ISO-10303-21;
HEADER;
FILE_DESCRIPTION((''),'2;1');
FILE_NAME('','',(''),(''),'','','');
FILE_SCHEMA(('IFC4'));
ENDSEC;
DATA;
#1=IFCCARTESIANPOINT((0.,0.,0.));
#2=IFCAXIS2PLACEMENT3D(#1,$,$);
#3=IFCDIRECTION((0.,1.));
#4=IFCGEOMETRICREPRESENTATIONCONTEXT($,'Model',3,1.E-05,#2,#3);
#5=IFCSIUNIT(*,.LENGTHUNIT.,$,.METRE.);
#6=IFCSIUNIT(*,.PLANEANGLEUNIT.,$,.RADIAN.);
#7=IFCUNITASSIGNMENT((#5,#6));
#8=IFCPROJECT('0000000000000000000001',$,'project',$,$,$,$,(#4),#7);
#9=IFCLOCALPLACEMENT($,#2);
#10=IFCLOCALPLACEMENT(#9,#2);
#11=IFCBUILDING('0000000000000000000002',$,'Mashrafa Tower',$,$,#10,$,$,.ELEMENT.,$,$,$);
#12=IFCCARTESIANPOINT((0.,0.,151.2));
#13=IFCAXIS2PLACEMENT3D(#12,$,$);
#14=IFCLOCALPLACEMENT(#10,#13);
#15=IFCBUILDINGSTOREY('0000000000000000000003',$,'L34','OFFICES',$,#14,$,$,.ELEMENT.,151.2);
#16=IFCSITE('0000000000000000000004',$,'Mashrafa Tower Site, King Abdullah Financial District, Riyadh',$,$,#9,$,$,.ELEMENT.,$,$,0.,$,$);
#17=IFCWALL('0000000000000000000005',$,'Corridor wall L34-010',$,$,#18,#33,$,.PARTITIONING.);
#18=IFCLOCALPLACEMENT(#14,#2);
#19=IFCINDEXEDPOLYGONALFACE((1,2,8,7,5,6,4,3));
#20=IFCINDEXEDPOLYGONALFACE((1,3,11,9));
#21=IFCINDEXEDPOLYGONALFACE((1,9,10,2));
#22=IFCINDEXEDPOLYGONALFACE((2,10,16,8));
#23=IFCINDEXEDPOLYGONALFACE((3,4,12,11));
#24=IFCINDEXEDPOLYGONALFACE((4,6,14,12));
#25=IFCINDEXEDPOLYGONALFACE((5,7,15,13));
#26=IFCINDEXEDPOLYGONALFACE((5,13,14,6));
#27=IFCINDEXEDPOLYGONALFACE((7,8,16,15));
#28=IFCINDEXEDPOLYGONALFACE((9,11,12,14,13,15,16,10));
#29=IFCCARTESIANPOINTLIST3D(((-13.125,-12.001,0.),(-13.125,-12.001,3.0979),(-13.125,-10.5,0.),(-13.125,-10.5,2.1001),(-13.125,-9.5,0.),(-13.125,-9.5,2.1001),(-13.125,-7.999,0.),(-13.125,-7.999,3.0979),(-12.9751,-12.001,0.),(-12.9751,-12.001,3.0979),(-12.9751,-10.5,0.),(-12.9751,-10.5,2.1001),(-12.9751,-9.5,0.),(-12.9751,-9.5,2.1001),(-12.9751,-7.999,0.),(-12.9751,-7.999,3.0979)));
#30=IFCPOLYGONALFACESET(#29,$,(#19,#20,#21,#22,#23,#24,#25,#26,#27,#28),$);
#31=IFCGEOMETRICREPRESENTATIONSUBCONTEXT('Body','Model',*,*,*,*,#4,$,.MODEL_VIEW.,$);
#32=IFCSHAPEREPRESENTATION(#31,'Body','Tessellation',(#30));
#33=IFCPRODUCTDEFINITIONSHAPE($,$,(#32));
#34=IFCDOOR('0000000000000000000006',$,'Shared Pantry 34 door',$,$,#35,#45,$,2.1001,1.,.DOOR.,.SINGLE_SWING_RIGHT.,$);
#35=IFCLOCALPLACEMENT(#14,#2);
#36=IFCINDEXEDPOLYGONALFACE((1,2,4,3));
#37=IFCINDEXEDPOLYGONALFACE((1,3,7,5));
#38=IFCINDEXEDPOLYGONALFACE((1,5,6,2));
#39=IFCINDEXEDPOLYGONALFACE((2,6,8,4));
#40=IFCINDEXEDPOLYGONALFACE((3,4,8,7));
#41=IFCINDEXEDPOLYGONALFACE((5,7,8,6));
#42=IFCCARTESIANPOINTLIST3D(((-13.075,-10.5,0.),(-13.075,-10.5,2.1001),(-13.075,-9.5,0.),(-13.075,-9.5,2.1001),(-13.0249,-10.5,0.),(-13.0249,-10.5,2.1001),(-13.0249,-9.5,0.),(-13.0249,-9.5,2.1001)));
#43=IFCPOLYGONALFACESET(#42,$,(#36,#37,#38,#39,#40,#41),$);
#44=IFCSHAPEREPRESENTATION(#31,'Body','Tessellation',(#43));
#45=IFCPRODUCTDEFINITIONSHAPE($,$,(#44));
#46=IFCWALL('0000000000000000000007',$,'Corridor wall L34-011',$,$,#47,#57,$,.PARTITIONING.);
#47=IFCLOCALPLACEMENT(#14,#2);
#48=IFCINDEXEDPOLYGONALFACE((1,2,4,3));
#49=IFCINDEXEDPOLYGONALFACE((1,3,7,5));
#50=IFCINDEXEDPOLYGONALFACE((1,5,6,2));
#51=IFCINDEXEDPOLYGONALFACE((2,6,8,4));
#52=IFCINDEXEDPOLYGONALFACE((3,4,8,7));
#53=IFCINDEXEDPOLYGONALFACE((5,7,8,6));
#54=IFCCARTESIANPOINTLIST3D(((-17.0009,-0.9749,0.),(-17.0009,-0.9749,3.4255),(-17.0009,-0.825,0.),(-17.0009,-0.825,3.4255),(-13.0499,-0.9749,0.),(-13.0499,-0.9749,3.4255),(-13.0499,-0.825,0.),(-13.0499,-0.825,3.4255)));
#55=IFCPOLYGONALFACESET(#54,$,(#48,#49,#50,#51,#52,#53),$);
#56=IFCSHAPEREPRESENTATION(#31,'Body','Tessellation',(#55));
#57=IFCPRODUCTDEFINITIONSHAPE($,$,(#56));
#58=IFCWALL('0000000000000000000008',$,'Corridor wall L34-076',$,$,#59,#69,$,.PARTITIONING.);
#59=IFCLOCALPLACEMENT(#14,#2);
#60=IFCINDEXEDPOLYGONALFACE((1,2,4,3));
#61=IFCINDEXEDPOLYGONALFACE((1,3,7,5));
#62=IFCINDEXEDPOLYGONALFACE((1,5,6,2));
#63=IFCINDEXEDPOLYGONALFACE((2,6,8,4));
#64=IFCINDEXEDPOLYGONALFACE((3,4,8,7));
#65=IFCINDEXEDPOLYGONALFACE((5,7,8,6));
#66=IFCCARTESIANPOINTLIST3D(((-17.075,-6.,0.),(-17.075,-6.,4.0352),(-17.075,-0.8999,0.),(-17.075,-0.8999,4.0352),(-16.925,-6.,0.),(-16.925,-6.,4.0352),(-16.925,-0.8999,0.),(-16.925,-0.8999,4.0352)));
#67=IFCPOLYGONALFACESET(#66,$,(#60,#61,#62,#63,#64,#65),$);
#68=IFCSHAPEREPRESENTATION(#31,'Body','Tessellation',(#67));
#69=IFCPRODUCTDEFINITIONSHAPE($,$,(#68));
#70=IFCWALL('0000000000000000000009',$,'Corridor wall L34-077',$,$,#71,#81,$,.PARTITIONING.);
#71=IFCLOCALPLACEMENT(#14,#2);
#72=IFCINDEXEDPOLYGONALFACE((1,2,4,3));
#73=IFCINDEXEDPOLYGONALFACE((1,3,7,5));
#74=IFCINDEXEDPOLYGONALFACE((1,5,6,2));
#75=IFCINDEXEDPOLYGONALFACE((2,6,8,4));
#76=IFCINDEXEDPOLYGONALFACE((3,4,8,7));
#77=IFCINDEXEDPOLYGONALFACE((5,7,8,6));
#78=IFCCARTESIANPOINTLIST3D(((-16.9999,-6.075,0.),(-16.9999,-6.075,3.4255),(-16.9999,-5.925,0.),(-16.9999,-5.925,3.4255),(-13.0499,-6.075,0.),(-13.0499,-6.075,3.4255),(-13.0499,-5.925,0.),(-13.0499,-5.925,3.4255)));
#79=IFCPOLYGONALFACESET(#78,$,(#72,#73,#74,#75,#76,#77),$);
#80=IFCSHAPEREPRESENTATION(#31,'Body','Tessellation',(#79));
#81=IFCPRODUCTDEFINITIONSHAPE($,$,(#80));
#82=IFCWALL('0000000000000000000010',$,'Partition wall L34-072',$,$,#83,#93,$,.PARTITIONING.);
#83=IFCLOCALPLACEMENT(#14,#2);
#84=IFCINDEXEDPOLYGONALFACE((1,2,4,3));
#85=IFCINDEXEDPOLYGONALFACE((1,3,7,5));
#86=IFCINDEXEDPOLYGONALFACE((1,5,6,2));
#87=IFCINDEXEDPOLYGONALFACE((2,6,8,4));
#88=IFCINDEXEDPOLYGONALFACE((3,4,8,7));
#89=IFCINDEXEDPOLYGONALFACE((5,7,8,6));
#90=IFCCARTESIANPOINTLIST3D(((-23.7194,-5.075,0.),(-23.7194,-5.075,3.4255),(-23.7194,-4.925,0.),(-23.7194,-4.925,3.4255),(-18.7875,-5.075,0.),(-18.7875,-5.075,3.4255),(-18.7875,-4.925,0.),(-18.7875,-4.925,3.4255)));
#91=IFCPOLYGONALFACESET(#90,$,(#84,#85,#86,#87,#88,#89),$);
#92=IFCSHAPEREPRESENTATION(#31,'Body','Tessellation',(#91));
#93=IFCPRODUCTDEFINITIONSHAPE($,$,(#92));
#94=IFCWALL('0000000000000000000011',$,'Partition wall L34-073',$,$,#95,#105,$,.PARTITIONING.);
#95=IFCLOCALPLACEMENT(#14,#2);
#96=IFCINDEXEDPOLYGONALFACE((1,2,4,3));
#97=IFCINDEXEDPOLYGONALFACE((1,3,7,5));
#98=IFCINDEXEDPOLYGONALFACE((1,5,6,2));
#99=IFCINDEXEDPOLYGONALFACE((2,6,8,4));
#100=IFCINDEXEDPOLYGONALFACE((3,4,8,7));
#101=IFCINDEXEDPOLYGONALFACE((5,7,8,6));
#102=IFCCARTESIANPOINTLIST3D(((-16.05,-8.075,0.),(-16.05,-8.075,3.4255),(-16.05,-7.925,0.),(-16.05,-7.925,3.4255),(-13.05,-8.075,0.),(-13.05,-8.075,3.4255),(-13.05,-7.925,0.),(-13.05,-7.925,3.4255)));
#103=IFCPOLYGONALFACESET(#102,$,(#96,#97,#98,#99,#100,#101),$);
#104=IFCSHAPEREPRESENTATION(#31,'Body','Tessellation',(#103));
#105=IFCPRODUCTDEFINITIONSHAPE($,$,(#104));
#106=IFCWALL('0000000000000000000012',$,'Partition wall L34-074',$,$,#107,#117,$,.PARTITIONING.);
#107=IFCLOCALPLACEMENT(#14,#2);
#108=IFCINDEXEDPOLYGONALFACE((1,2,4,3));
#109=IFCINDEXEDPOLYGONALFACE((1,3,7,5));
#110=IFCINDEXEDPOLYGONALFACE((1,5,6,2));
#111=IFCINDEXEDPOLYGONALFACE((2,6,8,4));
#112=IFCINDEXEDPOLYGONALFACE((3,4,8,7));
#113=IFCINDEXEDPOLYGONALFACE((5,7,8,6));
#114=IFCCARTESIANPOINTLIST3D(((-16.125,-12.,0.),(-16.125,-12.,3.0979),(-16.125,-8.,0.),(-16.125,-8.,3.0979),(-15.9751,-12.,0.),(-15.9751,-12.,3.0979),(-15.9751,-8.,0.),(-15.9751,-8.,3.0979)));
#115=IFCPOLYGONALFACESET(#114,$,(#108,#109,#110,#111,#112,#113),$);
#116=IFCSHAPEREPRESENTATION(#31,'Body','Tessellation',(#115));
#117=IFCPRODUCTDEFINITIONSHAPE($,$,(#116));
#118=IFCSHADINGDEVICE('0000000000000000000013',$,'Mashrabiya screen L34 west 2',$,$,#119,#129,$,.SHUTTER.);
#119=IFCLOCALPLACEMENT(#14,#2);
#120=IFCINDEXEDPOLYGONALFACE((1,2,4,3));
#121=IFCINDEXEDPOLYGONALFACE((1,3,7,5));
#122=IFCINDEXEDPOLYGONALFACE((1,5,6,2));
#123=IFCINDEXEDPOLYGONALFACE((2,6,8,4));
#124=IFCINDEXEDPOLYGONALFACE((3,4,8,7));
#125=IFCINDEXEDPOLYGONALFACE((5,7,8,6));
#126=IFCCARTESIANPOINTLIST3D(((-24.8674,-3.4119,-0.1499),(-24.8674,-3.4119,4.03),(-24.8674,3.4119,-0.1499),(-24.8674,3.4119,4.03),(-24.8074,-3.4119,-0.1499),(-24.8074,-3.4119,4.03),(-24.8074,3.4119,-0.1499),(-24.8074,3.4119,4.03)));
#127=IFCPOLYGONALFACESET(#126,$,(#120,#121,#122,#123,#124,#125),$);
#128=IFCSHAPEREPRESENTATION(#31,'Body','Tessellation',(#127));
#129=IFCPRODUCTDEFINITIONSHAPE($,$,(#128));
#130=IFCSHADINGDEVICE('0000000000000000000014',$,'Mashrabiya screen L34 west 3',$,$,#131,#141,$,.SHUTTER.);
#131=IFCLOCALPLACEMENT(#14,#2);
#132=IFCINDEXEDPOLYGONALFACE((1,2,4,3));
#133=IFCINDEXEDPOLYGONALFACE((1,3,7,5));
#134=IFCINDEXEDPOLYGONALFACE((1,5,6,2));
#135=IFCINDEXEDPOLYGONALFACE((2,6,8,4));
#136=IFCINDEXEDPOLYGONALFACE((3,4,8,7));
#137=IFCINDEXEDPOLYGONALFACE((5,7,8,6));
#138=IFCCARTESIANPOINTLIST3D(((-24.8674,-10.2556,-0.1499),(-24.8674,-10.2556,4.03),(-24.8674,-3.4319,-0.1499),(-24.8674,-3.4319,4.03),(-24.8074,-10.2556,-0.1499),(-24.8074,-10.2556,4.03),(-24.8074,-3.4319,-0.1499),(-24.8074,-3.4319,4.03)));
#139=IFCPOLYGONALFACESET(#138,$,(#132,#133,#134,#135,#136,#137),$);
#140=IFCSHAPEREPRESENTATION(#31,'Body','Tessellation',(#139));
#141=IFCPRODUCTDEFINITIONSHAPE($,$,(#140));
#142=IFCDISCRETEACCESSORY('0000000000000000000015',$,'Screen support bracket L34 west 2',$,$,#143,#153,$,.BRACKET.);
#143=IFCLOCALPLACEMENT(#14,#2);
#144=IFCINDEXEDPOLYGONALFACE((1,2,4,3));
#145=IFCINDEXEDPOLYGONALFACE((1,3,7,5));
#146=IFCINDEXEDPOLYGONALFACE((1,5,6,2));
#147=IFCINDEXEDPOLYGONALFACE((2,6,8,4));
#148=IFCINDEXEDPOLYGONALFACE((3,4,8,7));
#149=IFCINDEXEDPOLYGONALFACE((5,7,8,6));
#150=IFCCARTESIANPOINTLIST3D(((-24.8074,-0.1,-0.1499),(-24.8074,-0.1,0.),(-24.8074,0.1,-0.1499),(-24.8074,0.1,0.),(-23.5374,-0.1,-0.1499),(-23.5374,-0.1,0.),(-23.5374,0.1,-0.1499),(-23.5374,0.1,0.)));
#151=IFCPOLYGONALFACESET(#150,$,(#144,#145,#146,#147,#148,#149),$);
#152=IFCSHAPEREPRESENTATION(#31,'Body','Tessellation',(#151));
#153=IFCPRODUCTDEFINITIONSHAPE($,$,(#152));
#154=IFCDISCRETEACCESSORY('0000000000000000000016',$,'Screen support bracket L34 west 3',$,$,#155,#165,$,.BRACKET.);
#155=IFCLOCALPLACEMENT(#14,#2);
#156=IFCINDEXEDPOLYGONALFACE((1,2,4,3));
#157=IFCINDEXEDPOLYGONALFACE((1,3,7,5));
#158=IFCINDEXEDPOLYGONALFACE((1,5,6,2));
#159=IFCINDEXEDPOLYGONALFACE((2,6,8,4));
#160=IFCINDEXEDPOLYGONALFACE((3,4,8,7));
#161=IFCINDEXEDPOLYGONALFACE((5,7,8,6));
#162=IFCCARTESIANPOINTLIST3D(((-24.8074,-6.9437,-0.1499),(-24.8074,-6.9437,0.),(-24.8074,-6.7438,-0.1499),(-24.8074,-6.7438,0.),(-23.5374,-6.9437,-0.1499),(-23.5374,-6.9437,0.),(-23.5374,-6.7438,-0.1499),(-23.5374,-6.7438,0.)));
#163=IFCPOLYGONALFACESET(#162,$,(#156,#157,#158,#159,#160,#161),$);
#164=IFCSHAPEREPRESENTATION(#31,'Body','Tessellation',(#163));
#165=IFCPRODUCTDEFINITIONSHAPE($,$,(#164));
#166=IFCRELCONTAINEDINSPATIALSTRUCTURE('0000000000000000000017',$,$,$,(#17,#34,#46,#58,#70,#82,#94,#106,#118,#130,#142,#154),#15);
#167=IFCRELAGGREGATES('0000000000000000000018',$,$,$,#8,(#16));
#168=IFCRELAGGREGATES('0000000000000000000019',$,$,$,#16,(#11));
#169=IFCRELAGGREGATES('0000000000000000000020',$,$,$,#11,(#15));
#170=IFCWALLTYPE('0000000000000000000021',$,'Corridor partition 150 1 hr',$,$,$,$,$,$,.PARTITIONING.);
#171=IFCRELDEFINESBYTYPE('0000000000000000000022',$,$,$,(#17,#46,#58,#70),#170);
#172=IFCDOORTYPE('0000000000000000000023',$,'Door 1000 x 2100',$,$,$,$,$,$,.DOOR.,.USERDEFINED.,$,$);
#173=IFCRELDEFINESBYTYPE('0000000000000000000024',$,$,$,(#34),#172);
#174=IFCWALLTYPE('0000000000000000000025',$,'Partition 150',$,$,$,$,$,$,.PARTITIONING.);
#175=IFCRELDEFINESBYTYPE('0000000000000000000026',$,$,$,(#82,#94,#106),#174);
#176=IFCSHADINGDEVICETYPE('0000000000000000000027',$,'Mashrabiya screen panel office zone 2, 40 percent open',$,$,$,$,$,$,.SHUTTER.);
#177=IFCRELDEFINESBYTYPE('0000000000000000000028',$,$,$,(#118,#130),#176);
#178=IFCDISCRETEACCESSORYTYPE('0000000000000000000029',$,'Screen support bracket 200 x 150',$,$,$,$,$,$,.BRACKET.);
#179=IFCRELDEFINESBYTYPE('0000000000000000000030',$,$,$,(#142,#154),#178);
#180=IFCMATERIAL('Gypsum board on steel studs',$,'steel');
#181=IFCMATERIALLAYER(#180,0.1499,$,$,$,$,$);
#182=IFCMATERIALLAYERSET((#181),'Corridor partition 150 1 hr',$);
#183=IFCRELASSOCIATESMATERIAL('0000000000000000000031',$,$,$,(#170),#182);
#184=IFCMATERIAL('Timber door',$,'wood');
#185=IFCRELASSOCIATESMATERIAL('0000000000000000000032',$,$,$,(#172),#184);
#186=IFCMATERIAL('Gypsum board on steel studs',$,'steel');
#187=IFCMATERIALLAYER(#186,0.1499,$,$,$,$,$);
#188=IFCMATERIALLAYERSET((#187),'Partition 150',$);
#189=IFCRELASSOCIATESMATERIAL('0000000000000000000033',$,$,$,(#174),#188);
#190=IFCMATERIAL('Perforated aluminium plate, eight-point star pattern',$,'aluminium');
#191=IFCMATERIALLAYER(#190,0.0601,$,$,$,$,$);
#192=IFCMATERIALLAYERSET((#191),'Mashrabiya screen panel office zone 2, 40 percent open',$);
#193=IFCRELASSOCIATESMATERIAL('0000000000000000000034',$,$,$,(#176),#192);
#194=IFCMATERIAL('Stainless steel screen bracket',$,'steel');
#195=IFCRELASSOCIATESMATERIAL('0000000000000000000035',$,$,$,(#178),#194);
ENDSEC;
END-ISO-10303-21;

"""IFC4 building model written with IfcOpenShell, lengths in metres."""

from ifc_helpers import new_model, si_unit, direction, frame, frame_2d, origin, origin_2d, place, context, subcontext, project, spatial, rectangle, extrude, source, transform, mapped, material, layer, layer_set, type_object, type_shapes, element, fill, save


model = new_model("IFC4")

# Units and contexts
model_context = context("Model", 3, precision=1e-05, world=origin(), true_north=direction((0.0, 1.0)))
body_context = subcontext(model_context, "Body", "Model", "MODEL_VIEW")
ifc_project = project(units=[si_unit("LENGTHUNIT", "METRE"), si_unit("PLANEANGLEUNIT", "RADIAN")], contexts=[model_context])

# Site, building, storey
site_placement = place(None, origin())
site = spatial("IfcSite", under=ifc_project, at=site_placement, Name="Mashrafa Tower Site, King Abdullah Financial District, Riyadh", CompositionType="ELEMENT", RefElevation=0.0)
building_placement = place(site_placement, origin())
building = spatial("IfcBuilding", under=site, at=building_placement, Name="Mashrafa Tower", CompositionType="ELEMENT")
storey_placement = place(building_placement, frame((0.0, 0.0, 151.2)))
storey = spatial("IfcBuildingStorey", under=building, at=storey_placement, Name="L34", Description="OFFICES", CompositionType="ELEMENT", Elevation=151.2)

# Wall, opening, door
ifc_material_1 = material(Name="Gypsum board on steel studs", Category="steel")
ifc_layer_1 = layer(ifc_material_1, 0.1499)
ifc_layer_set_1 = layer_set([ifc_layer_1], Name="Corridor partition 150 1 hr")
wall_type_1 = type_object("IfcWallType", Name="Corridor partition 150 1 hr", PredefinedType="PARTITIONING", material=ifc_layer_set_1)
wall_1_placement = place(storey_placement, frame((-13.05, -7.999, 0.0), z_axis=(0.0, 0.0, 1.0), x_axis=(0.0, -1.0, 0.0)))
wall_1 = element("IfcWall", 1, at=wall_1_placement, inside=storey, type_object=wall_type_1, Name="Corridor wall L34-010", PredefinedType="PARTITIONING", context=body_context, shape_type="SweptSolid", body=[
    extrude(rectangle(XDim=4.002, YDim=0.1499, at=frame_2d((2.001, 0.0))), origin(), (0.0, 0.0, 1.0), 3.0979),
])
opening_1_placement = place(wall_1_placement, frame((1.501, 0.0, 0.0)))
opening_1 = element("IfcOpeningElement", 2, at=opening_1_placement, cuts=wall_1, PredefinedType="OPENING", context=body_context, shape_type="SweptSolid", body=[
    extrude(rectangle(XDim=1.0, YDim=2.1001, at=frame_2d((0.5, 1.05))), frame((0.0, 0.085, 0.0), z_axis=(0.0, -1.0, 0.0), x_axis=(1.0, 0.0, 0.0)), (0.0, 0.0, 1.0), 0.1699),
])
ifc_material_2 = material(Name="Timber door", Category="wood")
door_type_1 = type_object("IfcDoorType", Name="Door 1000 x 2100", OperationType="USERDEFINED", PredefinedType="DOOR", material=ifc_material_2)
door_1_placement = place(opening_1_placement, frame((1.0, 0.0, 0.0), z_axis=(0.0, 0.0, 1.0), x_axis=(-1.0, 0.0, 0.0)))
door_1 = element("IfcDoor", 3, at=door_1_placement, inside=storey, type_object=door_type_1, Name="Shared Pantry 34 door", OperationType="SINGLE_SWING_RIGHT", OverallHeight=2.1001, OverallWidth=1.0, PredefinedType="DOOR", context=body_context, shape_type="SweptSolid", body=[
    extrude(rectangle(XDim=1.0, YDim=2.1001, at=frame_2d((0.5, 1.05))), frame((0.0, 0.0249, 0.0), z_axis=(0.0, -1.0, 0.0), x_axis=(1.0, 0.0, 0.0)), (0.0, 0.0, 1.0), 0.05),
])
fill(opening_1, door_1)

# Wall
wall_2_placement = place(storey_placement, frame((-17.001, -0.8999, 0.0), z_axis=(0.0, 0.0, 1.0), x_axis=(1.0, 0.0, 0.0)))
element("IfcWall", 4, at=wall_2_placement, inside=storey, type_object=wall_type_1, Name="Corridor wall L34-011", PredefinedType="PARTITIONING", context=body_context, shape_type="SweptSolid", body=[
    extrude(rectangle(XDim=3.9509, YDim=0.1499, at=frame_2d((1.9756, 0.0))), origin(), (0.0, 0.0, 1.0), 3.4255),
])

# Walls
wall_3_placement = place(storey_placement, frame((-17.0, -0.8999, 0.0), z_axis=(0.0, 0.0, 1.0), x_axis=(0.0, -1.0, 0.0)))
element("IfcWall", 5, at=wall_3_placement, inside=storey, type_object=wall_type_1, Name="Corridor wall L34-076", PredefinedType="PARTITIONING", context=body_context, shape_type="SweptSolid", body=[
    extrude(rectangle(XDim=5.1001, YDim=0.1499, at=frame_2d((2.55, 0.0))), origin(), (0.0, 0.0, 1.0), 4.0352),
])
wall_4_placement = place(storey_placement, frame((-17.0, -6.0, 0.0), z_axis=(0.0, 0.0, 1.0), x_axis=(1.0, 0.0, 0.0)))
element("IfcWall", 6, at=wall_4_placement, inside=storey, type_object=wall_type_1, Name="Corridor wall L34-077", PredefinedType="PARTITIONING", context=body_context, shape_type="SweptSolid", body=[
    extrude(rectangle(XDim=3.95, YDim=0.1499, at=frame_2d((1.9751, 0.0))), origin(), (0.0, 0.0, 1.0), 3.4255),
])
ifc_material_3 = material(Name="Gypsum board on steel studs", Category="steel")
ifc_layer_2 = layer(ifc_material_3, 0.1499)
ifc_layer_set_2 = layer_set([ifc_layer_2], Name="Partition 150")
wall_type_2 = type_object("IfcWallType", Name="Partition 150", PredefinedType="PARTITIONING", material=ifc_layer_set_2)
wall_5_placement = place(storey_placement, frame((-18.7876, -5.0, 0.0), z_axis=(0.0, 0.0, 1.0), x_axis=(-1.0, 0.0, 0.0)))
element("IfcWall", 7, at=wall_5_placement, inside=storey, type_object=wall_type_2, Name="Partition wall L34-072", PredefinedType="PARTITIONING", context=body_context, shape_type="SweptSolid", body=[
    extrude(rectangle(XDim=4.9319, YDim=0.1499, at=frame_2d((2.4658, 0.0))), origin(), (0.0, 0.0, 1.0), 3.4255),
])
wall_6_placement = place(storey_placement, frame((-13.05, -8.0, 0.0), z_axis=(0.0, 0.0, 1.0), x_axis=(-1.0, 0.0, 0.0)))
element("IfcWall", 8, at=wall_6_placement, inside=storey, type_object=wall_type_2, Name="Partition wall L34-073", PredefinedType="PARTITIONING", context=body_context, shape_type="SweptSolid", body=[
    extrude(rectangle(XDim=3.0, YDim=0.1499, at=frame_2d((1.5, 0.0))), origin(), (0.0, 0.0, 1.0), 3.4255),
])
wall_7_placement = place(storey_placement, frame((-16.05, -8.0, 0.0), z_axis=(0.0, 0.0, 1.0), x_axis=(0.0, -1.0, 0.0)))
element("IfcWall", 9, at=wall_7_placement, inside=storey, type_object=wall_type_2, Name="Partition wall L34-074", PredefinedType="PARTITIONING", context=body_context, shape_type="SweptSolid", body=[
    extrude(rectangle(XDim=4.0, YDim=0.1499, at=frame_2d((2.0, 0.0))), origin(), (0.0, 0.0, 1.0), 3.0979),
])

# Shading devices
ifc_material_4 = material(Name="Perforated aluminium plate, eight-point star pattern", Category="aluminium")
ifc_layer_3 = layer(ifc_material_4, 0.0601)
ifc_layer_set_3 = layer_set([ifc_layer_3], Name="Mashrabiya screen panel office zone 2, 40 percent open")
shading_device_type = type_object("IfcShadingDeviceType", Name="Mashrabiya screen panel office zone 2, 40 percent open", PredefinedType="SHUTTER", material=ifc_layer_set_3)
shared_shape_1 = source(origin(), body_context, "Body", "SweptSolid", [
    extrude(rectangle(XDim=6.8237, YDim=0.0601, at=origin_2d()), origin(), (0.0, 0.0, 1.0), 4.1799),
])
type_shapes(shading_device_type, [shared_shape_1])
for number, where, z_axis, x_axis, name in (
    (10, (-24.8374, 0.0, -0.1499), (0.0, 0.0, 1.0), (0.0, -1.0, 0.0), "Mashrabiya screen L34 west 2"),
    (11, (-24.8374, -6.8438, -0.1499), (0.0, 0.0, 1.0), (0.0, -1.0, 0.0), "Mashrabiya screen L34 west 3"),
):
    element("IfcShadingDevice", number, at=place(storey_placement, frame(where, z_axis=z_axis, x_axis=x_axis)), inside=storey, type_object=shading_device_type, Name=name, PredefinedType="SHUTTER", context=body_context, shape_type="MappedRepresentation", body=[
        mapped(shared_shape_1, transform((0.0, 0.0, 0.0))),
    ])

# Discrete accessories
ifc_material_5 = material(Name="Stainless steel screen bracket", Category="steel")
discrete_accessory_type = type_object("IfcDiscreteAccessoryType", Name="Screen support bracket 200 x 150", PredefinedType="BRACKET", material=ifc_material_5)
shared_shape_2 = source(origin(), body_context, "Body", "SweptSolid", [
    extrude(rectangle(XDim=0.2, YDim=1.27, at=origin_2d()), origin(), (0.0, 0.0, 1.0), 0.1499),
])
type_shapes(discrete_accessory_type, [shared_shape_2])
for number, where, z_axis, x_axis, name in (
    (12, (-24.1724, 0.0, -0.1499), (0.0, 0.0, 1.0), (0.0, -1.0, 0.0), "Screen support bracket L34 west 2"),
    (13, (-24.1724, -6.8438, -0.1499), (0.0, 0.0, 1.0), (0.0, -1.0, 0.0), "Screen support bracket L34 west 3"),
):
    element("IfcDiscreteAccessory", number, at=place(storey_placement, frame(where, z_axis=z_axis, x_axis=x_axis)), inside=storey, type_object=discrete_accessory_type, Name=name, PredefinedType="BRACKET", context=body_context, shape_type="MappedRepresentation", body=[
        mapped(shared_shape_2, transform((0.0, 0.0, 0.0))),
    ])

save(model, "model.ifc")
